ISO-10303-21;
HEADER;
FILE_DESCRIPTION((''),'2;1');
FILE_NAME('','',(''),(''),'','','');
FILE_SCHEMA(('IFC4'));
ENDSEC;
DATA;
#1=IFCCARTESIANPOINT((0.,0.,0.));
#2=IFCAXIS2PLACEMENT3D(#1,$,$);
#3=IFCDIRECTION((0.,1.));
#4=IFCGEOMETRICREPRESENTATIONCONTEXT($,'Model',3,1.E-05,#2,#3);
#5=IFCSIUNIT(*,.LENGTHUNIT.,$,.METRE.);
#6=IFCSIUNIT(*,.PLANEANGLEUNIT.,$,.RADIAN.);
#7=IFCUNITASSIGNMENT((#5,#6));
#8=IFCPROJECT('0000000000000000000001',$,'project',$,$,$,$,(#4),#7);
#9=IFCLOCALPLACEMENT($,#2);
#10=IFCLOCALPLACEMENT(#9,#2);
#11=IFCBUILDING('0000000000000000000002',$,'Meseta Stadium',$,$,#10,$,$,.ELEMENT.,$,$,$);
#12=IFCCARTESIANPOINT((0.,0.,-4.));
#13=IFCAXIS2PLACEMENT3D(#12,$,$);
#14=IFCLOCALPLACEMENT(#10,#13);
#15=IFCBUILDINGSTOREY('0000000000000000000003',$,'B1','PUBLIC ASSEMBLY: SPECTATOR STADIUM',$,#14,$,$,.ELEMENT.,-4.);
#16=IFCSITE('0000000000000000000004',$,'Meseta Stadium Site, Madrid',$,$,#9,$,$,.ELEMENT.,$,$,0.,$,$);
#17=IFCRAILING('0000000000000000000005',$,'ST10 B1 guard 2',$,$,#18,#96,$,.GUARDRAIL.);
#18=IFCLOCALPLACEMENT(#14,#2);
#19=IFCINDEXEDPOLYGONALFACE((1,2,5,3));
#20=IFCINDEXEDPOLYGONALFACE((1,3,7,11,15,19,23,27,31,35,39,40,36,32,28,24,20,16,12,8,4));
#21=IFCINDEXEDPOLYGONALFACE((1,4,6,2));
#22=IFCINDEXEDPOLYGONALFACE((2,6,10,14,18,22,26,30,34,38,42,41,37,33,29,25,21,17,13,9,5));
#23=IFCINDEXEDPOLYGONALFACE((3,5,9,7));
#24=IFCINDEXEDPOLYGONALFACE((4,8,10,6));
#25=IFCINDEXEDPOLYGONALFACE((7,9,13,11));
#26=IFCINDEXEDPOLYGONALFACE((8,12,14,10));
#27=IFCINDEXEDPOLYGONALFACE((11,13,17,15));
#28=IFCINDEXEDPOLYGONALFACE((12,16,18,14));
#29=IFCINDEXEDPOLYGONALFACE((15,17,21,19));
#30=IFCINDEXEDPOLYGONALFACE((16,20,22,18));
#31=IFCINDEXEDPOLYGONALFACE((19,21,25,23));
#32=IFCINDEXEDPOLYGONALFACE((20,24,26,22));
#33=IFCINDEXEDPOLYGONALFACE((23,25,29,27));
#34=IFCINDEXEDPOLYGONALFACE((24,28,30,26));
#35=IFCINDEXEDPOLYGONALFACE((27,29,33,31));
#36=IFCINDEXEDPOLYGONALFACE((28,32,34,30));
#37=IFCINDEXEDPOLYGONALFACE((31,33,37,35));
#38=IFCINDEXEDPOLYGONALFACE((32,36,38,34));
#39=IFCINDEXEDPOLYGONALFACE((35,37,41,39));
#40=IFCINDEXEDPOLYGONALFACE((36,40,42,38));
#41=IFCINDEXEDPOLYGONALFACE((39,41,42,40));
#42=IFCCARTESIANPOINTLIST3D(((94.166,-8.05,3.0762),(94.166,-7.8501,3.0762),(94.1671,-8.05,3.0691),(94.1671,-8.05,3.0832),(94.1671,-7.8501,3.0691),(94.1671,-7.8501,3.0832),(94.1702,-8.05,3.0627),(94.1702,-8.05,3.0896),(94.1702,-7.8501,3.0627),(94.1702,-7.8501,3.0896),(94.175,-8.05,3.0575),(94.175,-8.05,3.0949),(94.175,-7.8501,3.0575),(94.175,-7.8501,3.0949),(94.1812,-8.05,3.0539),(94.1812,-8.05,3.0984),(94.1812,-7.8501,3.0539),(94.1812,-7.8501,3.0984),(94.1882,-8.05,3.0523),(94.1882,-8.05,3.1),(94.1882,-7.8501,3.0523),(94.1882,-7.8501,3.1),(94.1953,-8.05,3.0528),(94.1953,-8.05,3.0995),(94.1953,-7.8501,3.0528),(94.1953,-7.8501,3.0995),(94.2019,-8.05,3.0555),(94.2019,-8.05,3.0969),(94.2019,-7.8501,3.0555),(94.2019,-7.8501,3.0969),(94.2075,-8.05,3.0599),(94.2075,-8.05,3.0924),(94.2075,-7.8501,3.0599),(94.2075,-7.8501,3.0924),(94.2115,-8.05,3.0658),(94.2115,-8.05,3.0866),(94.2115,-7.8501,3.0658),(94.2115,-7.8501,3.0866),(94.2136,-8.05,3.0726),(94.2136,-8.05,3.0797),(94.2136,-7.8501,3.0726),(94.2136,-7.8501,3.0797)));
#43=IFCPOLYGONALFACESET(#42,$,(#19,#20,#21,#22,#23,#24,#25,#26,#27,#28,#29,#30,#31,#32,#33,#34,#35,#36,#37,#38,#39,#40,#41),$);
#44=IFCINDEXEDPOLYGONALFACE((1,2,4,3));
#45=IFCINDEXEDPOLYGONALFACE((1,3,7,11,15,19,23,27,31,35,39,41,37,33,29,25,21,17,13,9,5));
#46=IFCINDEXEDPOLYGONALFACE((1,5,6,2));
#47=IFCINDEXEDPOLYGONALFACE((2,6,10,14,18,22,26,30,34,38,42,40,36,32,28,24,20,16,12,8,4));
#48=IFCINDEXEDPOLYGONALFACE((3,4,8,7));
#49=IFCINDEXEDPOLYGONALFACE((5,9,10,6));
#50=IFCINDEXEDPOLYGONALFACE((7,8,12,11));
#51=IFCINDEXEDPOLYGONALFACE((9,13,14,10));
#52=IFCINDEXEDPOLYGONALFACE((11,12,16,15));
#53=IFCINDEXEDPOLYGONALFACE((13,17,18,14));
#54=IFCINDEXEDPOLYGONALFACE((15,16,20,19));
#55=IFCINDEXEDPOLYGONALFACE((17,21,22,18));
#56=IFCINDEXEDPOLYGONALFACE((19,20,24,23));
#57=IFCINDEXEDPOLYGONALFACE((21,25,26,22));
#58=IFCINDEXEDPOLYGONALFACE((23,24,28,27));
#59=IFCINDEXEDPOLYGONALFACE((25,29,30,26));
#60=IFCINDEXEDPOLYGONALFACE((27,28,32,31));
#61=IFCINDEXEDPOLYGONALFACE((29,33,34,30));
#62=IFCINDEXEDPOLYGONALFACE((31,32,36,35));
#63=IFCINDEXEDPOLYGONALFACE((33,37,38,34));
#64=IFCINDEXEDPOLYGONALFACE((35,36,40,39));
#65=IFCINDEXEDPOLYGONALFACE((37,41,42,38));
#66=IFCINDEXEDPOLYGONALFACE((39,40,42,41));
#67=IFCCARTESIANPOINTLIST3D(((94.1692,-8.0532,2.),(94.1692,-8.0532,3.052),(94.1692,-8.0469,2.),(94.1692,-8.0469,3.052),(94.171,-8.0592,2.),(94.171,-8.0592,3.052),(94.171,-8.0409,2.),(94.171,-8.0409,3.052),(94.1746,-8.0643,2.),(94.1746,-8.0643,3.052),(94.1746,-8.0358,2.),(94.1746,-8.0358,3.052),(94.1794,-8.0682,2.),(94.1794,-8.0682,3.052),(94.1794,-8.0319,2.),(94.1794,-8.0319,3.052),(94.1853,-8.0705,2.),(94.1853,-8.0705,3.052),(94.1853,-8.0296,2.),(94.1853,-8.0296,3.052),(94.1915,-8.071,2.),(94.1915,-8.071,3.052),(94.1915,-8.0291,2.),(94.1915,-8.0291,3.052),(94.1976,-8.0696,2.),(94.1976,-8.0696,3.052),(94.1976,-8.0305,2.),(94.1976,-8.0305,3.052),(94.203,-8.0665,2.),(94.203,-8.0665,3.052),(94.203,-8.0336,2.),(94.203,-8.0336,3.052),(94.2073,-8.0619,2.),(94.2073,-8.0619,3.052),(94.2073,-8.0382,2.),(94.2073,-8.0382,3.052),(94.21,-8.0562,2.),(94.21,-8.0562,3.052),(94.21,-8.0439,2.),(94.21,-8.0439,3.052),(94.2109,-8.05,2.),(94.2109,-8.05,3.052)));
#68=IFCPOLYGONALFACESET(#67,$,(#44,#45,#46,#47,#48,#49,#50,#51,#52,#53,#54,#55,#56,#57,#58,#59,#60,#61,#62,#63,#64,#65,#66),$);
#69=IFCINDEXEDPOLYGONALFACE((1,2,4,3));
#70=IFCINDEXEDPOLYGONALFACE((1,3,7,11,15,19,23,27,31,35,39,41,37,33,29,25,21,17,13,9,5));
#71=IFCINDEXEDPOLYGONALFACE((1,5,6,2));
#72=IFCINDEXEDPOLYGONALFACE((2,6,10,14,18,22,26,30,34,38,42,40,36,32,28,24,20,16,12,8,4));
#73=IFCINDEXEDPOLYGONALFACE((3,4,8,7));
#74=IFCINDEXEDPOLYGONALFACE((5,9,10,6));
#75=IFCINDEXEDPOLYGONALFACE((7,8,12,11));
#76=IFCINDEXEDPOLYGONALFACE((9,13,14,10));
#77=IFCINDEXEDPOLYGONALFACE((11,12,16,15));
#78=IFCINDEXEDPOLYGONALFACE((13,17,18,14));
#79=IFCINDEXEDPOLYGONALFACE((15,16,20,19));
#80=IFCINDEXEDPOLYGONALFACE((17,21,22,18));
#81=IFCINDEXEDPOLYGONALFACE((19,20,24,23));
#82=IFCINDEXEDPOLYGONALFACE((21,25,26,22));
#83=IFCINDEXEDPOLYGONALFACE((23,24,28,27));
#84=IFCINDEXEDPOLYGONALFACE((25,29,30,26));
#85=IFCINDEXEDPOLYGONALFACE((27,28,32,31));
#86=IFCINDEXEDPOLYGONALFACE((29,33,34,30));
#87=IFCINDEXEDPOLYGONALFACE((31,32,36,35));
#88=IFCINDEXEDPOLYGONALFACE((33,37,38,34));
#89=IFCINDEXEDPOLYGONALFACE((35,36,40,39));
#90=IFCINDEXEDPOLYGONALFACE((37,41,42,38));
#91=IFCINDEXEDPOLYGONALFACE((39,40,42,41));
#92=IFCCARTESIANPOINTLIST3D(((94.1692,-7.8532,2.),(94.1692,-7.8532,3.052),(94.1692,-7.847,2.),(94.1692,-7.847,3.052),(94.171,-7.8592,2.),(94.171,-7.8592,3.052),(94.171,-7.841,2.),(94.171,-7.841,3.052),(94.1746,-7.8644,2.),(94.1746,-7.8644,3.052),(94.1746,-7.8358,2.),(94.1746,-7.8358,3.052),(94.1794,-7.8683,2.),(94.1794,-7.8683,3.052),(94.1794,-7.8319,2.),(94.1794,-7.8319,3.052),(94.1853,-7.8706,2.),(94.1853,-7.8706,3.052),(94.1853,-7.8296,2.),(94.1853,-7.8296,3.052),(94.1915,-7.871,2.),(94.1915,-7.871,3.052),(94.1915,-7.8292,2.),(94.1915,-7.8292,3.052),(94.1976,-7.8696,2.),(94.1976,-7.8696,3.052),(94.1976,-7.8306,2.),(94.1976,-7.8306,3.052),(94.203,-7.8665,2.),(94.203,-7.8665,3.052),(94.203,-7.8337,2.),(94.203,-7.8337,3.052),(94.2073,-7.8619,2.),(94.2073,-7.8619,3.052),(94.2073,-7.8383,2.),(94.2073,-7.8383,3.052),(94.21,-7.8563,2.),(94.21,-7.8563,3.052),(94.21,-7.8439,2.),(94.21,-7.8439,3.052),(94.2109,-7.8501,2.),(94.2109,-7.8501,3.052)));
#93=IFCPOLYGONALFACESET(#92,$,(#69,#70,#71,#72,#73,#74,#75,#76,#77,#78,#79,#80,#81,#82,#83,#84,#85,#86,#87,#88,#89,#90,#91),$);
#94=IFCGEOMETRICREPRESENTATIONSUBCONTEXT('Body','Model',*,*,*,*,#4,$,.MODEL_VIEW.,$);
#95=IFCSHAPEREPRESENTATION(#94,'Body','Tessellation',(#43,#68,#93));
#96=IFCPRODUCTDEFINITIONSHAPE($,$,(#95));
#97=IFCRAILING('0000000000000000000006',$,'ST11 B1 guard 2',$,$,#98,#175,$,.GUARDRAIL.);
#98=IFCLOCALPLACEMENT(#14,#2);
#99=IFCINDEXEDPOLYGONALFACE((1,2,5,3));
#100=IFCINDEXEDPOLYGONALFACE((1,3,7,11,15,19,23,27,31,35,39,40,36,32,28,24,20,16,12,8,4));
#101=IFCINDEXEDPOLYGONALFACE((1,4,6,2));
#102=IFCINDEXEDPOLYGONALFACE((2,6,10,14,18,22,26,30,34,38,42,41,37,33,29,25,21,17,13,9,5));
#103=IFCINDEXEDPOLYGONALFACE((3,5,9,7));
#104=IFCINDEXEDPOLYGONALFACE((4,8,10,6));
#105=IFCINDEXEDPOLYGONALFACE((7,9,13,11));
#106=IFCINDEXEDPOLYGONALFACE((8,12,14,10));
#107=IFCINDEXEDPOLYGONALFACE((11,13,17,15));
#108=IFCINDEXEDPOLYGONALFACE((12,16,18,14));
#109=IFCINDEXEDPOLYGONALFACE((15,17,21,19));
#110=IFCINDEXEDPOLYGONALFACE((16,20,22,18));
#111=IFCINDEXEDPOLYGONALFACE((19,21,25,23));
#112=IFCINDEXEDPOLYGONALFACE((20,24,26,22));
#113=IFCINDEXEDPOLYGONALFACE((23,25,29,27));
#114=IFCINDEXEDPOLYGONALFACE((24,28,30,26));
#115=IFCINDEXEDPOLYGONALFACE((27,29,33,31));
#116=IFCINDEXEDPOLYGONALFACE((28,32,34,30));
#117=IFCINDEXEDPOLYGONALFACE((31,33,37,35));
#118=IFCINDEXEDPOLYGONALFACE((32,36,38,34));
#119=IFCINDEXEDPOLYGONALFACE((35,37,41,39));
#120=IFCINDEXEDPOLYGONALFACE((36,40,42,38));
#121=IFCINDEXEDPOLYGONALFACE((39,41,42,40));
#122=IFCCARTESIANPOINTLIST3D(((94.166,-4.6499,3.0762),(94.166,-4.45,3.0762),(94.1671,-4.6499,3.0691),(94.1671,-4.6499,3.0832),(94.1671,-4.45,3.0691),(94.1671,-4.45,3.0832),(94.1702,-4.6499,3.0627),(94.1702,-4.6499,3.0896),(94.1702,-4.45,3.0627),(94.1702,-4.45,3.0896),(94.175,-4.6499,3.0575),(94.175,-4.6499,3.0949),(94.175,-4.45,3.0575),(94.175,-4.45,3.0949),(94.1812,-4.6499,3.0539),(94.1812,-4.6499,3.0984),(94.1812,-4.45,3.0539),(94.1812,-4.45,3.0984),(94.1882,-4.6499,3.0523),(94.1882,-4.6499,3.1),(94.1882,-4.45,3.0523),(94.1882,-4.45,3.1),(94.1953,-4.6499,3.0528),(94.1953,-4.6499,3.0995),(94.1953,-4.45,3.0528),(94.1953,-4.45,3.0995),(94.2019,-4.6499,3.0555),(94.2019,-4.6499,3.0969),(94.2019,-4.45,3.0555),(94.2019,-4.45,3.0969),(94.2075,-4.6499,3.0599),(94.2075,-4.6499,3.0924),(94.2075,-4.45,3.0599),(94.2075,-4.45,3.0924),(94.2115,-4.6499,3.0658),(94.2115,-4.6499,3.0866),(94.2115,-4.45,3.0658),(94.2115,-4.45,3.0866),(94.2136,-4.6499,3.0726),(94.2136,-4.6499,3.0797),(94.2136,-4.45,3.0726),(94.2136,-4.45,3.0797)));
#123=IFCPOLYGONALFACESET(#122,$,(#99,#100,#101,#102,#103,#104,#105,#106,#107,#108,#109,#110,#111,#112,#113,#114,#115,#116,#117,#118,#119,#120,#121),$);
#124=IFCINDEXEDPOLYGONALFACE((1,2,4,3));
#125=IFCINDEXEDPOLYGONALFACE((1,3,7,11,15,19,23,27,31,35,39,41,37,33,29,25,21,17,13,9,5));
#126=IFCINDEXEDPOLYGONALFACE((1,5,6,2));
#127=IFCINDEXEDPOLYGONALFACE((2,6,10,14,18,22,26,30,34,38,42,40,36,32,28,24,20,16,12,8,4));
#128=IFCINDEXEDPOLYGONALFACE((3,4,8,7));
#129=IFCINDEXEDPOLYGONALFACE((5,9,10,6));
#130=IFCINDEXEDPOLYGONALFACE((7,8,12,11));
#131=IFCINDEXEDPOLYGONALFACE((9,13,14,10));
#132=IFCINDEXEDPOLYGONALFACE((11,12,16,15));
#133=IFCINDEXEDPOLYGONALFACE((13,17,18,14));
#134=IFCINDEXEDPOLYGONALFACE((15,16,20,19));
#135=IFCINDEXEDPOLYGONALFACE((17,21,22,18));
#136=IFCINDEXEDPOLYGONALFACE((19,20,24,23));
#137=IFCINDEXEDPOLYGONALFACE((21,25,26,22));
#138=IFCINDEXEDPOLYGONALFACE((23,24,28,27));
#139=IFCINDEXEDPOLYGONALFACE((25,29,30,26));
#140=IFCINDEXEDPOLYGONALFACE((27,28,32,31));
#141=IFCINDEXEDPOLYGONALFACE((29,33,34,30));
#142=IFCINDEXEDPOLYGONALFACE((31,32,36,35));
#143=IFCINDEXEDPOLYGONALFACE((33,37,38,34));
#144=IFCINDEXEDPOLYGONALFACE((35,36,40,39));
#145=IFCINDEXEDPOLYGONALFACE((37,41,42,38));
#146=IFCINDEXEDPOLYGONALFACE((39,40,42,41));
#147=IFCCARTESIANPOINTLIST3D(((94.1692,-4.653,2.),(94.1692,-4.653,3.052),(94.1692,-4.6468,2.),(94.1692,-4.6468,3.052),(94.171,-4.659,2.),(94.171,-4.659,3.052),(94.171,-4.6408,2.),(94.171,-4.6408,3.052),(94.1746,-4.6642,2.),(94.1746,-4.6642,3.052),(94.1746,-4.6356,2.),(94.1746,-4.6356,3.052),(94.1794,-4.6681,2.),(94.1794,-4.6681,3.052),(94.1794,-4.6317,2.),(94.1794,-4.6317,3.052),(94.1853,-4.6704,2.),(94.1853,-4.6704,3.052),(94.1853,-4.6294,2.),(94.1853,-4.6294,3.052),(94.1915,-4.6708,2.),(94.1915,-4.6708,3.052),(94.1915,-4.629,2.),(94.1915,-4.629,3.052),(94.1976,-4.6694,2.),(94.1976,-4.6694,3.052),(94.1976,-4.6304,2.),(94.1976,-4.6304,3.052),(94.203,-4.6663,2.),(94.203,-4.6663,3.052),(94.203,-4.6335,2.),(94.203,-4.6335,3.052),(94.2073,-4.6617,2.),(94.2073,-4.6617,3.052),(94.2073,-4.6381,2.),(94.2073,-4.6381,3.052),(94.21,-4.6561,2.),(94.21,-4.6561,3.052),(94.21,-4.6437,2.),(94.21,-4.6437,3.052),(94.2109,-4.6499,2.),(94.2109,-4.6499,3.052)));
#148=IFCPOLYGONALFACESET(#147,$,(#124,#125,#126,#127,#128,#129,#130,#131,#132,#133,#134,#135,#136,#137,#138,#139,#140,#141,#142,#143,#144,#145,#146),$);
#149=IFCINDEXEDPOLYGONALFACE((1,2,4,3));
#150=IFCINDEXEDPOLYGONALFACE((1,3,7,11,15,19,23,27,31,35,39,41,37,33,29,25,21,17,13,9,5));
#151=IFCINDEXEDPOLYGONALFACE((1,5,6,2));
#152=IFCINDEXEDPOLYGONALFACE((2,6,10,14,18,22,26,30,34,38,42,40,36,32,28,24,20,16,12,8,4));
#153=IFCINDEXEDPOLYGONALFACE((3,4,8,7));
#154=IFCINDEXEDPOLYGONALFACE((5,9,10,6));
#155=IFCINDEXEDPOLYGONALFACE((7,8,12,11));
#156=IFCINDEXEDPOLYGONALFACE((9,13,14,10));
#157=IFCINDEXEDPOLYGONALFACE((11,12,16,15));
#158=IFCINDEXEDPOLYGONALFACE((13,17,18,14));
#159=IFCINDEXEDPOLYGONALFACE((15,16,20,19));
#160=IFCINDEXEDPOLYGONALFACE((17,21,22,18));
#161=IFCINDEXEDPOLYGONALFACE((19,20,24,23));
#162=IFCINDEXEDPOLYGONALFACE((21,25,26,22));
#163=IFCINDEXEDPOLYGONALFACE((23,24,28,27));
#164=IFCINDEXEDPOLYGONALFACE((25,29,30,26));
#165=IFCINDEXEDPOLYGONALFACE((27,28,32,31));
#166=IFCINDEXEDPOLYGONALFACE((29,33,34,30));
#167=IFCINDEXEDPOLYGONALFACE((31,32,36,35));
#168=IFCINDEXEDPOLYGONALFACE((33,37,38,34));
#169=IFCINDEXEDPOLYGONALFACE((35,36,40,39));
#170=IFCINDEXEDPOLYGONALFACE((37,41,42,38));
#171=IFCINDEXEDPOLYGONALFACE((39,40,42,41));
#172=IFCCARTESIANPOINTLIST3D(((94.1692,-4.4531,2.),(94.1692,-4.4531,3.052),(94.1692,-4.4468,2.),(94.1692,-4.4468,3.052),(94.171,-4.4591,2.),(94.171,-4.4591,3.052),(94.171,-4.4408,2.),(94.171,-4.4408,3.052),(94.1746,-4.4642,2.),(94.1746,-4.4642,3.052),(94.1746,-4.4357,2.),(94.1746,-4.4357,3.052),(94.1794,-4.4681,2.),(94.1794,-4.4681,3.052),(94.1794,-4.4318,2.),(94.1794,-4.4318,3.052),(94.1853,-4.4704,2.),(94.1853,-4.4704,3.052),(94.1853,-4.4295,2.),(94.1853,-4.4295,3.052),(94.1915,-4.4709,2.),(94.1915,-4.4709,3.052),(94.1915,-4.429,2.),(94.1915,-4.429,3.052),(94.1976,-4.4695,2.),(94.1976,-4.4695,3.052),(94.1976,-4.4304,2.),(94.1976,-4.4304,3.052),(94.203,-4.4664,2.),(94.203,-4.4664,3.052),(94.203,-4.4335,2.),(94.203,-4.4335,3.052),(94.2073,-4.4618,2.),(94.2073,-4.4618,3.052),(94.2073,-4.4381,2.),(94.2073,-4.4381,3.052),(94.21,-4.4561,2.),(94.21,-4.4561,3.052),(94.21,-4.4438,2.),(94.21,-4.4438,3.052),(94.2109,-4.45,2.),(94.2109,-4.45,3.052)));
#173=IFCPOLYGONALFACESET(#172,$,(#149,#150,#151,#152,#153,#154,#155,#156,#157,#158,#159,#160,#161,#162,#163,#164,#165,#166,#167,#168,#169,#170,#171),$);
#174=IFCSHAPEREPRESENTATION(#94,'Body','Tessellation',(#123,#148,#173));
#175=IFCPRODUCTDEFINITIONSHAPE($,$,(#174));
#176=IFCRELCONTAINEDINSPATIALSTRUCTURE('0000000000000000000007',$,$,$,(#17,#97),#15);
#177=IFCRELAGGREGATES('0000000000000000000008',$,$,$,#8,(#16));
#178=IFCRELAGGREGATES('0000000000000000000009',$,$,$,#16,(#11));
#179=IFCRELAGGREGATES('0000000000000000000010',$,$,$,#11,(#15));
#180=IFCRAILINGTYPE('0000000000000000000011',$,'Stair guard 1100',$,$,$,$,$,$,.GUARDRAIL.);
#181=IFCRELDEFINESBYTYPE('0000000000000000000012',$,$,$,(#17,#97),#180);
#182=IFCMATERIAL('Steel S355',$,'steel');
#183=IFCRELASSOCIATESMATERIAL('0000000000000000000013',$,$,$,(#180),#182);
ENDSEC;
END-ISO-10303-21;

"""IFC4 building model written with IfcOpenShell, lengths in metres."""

from ifc_helpers import new_model, si_unit, direction, frame, origin, origin_2d, place, context, subcontext, project, spatial, circle, extrude, material, type_object, element, save


model = new_model("IFC4")

# Units and contexts
model_context = context("Model", 3, precision=1e-05, world=origin(), true_north=direction((0.0, 1.0)))
body_context = subcontext(model_context, "Body", "Model", "MODEL_VIEW")
ifc_project = project(units=[si_unit("LENGTHUNIT", "METRE"), si_unit("PLANEANGLEUNIT", "RADIAN")], contexts=[model_context])

# Site, building, storey
site_placement = place(None, origin())
site = spatial("IfcSite", under=ifc_project, at=site_placement, Name="Meseta Stadium Site, Madrid", CompositionType="ELEMENT", RefElevation=0.0)
building_placement = place(site_placement, origin())
building = spatial("IfcBuilding", under=site, at=building_placement, Name="Meseta Stadium", CompositionType="ELEMENT")
storey_placement = place(building_placement, frame((0.0, 0.0, -4.0)))
storey = spatial("IfcBuildingStorey", under=building, at=storey_placement, Name="B1", Description="PUBLIC ASSEMBLY: SPECTATOR STADIUM", CompositionType="ELEMENT", Elevation=-4.0)

# Railings
ifc_material_1 = material(Name="Steel S355", Category="steel")
railing_type_1 = type_object("IfcRailingType", Name="Stair guard 1100", PredefinedType="GUARDRAIL", material=ifc_material_1)
for number, where, name in (
    (1, (94.1899, -8.05, 2.0), "ST10 B1 guard 2"),
    (2, (94.1899, -4.6499, 2.0), "ST11 B1 guard 2"),
):
    element("IfcRailing", number, at=place(storey_placement, frame(where)), inside=storey, type_object=railing_type_1, Name=name, PredefinedType="GUARDRAIL", context=body_context, shape_type="SweptSolid", body=[
        extrude(circle(Radius=0.0239, at=origin_2d()), frame((0.0, 0.0, 1.0762), z_axis=(0.0, 1.0, 0.0), x_axis=(-1.0, 0.0, 0.0)), (0.0, 0.0, 1.0), 0.2),
        extrude(circle(Radius=0.021, at=origin_2d()), origin(), (0.0, 0.0, 1.0), 1.052),
        extrude(circle(Radius=0.021, at=origin_2d()), frame((0.0, 0.2, 0.0)), (0.0, 0.0, 1.0), 1.052),
    ])

save(model, "model.ifc")
